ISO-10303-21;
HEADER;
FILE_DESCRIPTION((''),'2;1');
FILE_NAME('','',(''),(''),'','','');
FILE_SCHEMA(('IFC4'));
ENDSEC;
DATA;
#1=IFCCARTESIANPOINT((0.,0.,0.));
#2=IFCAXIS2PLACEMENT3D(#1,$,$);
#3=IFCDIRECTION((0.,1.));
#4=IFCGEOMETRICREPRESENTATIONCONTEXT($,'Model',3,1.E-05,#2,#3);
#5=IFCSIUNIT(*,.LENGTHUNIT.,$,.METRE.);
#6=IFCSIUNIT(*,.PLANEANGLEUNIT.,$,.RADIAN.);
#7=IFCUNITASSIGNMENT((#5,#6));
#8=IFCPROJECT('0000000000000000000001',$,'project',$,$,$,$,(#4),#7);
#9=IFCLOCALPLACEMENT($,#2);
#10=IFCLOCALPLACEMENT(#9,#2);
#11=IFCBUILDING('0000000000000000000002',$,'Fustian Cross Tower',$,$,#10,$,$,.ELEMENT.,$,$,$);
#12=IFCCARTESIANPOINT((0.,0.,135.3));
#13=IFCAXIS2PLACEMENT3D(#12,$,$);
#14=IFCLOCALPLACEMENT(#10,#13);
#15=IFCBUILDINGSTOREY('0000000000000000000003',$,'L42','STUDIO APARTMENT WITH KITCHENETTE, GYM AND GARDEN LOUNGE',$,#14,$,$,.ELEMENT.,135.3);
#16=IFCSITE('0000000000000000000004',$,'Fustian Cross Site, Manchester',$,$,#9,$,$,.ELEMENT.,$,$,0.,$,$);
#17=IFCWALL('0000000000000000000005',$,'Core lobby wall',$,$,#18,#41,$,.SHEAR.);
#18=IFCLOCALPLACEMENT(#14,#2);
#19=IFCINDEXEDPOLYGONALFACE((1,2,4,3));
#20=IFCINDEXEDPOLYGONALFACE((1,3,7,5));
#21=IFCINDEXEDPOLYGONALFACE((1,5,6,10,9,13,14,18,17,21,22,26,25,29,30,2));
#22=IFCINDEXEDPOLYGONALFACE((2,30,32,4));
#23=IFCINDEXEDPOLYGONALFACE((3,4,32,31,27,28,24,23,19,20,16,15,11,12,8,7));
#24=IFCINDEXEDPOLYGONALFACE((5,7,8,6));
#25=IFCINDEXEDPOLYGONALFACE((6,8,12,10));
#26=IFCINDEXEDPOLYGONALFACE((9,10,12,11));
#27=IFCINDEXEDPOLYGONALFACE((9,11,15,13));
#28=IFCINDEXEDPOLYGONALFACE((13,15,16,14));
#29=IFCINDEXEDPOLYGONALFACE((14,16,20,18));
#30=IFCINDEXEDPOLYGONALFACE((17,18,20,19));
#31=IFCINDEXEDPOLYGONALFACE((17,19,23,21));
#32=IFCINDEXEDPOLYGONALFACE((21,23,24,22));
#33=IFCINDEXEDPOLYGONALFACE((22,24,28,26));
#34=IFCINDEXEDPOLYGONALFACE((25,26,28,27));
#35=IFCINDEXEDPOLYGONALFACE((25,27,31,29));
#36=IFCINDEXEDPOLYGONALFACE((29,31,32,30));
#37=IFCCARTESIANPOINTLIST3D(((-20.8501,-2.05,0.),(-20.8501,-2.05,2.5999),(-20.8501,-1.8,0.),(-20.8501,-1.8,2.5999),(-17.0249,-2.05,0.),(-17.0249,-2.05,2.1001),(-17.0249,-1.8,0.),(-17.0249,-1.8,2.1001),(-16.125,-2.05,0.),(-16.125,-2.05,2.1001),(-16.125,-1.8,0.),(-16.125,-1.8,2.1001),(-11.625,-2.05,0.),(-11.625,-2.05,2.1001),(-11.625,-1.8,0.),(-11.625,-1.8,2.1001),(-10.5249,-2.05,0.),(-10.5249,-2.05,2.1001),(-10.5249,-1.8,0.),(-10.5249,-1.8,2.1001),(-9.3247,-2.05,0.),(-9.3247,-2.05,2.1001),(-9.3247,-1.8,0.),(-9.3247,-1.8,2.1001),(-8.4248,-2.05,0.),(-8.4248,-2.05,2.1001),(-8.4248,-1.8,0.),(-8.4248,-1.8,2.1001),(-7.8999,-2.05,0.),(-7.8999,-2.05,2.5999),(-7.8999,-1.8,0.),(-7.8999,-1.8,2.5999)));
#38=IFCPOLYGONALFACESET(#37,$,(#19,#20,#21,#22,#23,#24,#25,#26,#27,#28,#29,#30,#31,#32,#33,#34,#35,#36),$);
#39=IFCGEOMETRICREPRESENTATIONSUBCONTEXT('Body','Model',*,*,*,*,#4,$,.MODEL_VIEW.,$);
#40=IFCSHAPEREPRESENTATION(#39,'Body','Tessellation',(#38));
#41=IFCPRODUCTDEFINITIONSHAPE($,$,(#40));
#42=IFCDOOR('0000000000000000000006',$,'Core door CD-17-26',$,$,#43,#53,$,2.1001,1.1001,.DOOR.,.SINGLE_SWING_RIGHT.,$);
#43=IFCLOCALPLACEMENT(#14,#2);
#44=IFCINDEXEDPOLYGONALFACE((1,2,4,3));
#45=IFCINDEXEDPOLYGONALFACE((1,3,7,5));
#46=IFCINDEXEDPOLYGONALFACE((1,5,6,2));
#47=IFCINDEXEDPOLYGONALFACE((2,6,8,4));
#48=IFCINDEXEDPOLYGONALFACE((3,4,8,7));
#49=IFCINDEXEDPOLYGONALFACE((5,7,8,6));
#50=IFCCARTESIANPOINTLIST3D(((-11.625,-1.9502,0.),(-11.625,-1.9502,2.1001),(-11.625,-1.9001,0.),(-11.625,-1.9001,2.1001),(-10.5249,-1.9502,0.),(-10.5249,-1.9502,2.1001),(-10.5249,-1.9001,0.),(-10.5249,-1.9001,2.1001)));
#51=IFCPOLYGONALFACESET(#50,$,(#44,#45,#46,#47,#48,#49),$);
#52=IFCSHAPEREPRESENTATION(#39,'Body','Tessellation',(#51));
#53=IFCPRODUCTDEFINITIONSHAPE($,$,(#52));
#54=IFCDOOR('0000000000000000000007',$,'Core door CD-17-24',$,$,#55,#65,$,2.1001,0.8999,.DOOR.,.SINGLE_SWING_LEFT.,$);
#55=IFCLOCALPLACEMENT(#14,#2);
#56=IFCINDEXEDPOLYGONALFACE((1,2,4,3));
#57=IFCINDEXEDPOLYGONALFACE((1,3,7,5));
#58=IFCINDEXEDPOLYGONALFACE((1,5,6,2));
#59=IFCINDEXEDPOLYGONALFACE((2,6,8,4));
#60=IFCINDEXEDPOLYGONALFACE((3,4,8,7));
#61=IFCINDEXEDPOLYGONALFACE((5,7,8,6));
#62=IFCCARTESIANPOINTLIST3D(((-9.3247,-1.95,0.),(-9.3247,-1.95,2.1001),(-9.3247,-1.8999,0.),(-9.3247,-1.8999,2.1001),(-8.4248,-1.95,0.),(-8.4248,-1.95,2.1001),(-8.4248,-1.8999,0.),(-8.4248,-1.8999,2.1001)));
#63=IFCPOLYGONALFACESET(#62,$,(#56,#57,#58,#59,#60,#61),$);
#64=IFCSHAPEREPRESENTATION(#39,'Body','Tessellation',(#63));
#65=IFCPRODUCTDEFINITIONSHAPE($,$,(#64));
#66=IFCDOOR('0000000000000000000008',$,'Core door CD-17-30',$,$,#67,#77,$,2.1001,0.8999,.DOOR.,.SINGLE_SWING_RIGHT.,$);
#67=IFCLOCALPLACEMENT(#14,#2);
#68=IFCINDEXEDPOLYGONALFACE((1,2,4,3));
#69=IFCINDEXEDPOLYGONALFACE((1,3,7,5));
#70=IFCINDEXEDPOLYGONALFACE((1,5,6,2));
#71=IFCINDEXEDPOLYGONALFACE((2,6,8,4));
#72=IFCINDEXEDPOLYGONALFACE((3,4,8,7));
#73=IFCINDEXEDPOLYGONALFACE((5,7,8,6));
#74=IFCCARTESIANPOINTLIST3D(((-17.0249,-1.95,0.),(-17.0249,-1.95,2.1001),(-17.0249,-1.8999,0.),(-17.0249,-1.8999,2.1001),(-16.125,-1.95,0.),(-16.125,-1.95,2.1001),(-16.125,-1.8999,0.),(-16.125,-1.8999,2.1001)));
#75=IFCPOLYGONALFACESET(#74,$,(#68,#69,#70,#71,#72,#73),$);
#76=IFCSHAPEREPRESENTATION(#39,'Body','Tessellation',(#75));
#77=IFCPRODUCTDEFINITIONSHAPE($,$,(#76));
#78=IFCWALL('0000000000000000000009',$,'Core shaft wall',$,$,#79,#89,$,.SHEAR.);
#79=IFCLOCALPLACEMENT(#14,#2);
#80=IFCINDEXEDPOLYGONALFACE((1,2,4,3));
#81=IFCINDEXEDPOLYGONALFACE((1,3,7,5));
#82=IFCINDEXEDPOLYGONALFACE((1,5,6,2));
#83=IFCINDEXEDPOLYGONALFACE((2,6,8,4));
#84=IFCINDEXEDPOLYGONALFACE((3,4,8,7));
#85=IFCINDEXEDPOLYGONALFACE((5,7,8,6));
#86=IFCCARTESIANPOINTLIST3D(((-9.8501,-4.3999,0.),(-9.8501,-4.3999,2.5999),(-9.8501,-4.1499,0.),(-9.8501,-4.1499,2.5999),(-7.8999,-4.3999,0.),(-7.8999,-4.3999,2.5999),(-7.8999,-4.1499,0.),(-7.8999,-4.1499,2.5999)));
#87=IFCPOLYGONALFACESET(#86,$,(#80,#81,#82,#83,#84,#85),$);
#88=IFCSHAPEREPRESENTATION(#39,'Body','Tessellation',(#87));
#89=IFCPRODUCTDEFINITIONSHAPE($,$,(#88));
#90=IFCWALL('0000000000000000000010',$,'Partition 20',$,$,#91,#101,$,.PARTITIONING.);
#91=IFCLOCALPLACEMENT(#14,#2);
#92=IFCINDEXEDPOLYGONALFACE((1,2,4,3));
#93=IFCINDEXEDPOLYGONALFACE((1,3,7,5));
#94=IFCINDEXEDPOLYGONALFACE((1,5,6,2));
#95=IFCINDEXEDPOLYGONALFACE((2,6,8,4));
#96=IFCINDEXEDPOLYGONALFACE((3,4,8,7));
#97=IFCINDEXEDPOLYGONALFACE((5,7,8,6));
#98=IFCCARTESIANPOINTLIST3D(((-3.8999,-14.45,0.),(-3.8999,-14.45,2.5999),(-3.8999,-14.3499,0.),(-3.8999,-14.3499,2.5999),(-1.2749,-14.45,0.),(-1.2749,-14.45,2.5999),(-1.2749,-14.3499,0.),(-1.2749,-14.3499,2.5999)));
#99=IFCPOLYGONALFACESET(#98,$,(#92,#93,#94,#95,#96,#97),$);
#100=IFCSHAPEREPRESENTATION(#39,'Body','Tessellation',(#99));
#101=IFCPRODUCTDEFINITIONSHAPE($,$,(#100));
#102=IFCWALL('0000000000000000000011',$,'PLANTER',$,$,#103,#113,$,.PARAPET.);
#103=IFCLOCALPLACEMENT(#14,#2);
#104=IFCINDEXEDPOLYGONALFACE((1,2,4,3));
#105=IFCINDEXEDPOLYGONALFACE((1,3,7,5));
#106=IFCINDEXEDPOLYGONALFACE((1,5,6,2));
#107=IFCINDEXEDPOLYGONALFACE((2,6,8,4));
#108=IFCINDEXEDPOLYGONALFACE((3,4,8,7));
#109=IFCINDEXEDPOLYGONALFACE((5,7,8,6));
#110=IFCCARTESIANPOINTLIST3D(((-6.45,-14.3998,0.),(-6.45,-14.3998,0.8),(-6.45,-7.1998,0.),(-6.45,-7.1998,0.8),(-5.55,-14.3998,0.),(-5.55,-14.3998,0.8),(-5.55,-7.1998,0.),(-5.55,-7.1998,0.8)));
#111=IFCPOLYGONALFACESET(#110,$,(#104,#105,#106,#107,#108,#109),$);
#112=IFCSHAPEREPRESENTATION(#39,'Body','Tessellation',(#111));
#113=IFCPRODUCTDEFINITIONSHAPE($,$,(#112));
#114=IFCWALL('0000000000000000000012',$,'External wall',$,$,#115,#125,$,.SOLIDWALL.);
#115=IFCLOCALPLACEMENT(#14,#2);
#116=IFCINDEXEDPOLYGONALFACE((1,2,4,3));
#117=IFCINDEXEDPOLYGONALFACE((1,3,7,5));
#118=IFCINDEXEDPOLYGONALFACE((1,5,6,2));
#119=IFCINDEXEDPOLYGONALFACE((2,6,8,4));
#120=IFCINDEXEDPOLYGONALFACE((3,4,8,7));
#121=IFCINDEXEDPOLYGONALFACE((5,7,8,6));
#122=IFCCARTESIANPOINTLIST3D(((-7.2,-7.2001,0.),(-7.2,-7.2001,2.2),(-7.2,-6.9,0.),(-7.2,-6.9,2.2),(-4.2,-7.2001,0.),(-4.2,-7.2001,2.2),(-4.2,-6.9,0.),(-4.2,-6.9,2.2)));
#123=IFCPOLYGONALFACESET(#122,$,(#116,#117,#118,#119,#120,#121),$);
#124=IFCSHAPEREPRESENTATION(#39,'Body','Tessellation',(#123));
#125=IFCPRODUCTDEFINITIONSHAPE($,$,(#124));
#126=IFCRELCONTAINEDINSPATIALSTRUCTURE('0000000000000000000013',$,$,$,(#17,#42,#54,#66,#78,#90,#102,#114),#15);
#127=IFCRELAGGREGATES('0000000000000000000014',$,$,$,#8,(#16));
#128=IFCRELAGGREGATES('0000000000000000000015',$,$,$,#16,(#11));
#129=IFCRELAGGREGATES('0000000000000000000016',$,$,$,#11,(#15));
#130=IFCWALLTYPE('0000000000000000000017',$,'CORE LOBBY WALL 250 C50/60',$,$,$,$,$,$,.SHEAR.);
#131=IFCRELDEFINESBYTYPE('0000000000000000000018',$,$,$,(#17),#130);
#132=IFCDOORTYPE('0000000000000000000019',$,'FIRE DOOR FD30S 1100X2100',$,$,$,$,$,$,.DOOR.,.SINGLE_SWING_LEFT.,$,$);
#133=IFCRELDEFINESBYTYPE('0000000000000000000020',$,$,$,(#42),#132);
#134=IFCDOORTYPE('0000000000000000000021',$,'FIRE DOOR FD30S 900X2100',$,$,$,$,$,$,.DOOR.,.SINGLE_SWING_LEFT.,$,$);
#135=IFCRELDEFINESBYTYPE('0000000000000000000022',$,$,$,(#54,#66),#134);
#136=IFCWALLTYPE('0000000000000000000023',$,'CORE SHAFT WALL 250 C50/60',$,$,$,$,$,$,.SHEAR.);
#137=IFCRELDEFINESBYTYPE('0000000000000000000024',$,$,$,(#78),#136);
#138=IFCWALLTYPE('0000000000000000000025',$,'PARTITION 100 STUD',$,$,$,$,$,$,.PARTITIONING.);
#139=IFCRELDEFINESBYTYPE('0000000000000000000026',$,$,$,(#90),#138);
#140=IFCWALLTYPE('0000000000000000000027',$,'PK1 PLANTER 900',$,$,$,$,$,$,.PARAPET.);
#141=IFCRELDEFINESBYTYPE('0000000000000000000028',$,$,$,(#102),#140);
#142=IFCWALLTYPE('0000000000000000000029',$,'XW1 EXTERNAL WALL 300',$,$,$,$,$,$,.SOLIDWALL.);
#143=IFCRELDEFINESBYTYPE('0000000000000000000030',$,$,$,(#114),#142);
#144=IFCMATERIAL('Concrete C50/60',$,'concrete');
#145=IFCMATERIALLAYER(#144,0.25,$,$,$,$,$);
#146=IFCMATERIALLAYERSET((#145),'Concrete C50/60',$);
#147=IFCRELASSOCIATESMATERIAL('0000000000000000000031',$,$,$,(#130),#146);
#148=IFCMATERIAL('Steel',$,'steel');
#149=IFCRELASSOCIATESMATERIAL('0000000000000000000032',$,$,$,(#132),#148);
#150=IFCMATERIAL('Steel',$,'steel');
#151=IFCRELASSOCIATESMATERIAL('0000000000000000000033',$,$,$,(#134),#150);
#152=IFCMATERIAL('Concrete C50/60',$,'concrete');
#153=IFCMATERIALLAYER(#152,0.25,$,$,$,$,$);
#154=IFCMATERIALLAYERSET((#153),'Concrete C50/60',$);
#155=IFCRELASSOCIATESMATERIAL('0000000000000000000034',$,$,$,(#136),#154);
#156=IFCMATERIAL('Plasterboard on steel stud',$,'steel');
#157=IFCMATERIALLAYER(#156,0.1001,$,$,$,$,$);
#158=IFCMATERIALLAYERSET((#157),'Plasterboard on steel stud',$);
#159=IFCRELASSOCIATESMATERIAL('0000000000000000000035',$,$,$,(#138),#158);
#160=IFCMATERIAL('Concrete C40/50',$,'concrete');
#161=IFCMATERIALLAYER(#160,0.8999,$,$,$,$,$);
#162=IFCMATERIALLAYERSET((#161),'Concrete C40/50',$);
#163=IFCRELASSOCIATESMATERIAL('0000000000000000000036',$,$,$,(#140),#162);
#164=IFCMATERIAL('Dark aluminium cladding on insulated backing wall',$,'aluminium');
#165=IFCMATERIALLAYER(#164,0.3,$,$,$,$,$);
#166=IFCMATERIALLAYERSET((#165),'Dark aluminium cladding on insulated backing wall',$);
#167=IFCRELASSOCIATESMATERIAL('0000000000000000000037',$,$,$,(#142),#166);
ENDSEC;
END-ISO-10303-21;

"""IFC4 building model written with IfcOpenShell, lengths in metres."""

from ifc_helpers import new_model, si_unit, direction, frame, frame_2d, origin, place, context, subcontext, project, spatial, rectangle, extrude, material, layer, layer_set, type_object, element, fill, save


model = new_model("IFC4")

# Units and contexts
model_context = context("Model", 3, precision=1e-05, world=origin(), true_north=direction((0.0, 1.0)))
body_context = subcontext(model_context, "Body", "Model", "MODEL_VIEW")
ifc_project = project(units=[si_unit("LENGTHUNIT", "METRE"), si_unit("PLANEANGLEUNIT", "RADIAN")], contexts=[model_context])

# Site, building, storey
site_placement = place(None, origin())
site = spatial("IfcSite", under=ifc_project, at=site_placement, Name="Fustian Cross Site, Manchester", CompositionType="ELEMENT", RefElevation=0.0)
building_placement = place(site_placement, origin())
building = spatial("IfcBuilding", under=site, at=building_placement, Name="Fustian Cross Tower", CompositionType="ELEMENT")
storey_placement = place(building_placement, frame((0.0, 0.0, 135.3)))
storey = spatial("IfcBuildingStorey", under=building, at=storey_placement, Name="L42", Description="STUDIO APARTMENT WITH KITCHENETTE, GYM AND GARDEN LOUNGE", CompositionType="ELEMENT", Elevation=135.3)

# Wall, openings, doors
ifc_material_1 = material(Name="Concrete C50/60", Category="concrete")
ifc_layer_1 = layer(ifc_material_1, 0.25)
ifc_layer_set_1 = layer_set([ifc_layer_1], Name="Concrete C50/60")
wall_type_1 = type_object("IfcWallType", Name="CORE LOBBY WALL 250 C50/60", PredefinedType="SHEAR", material=ifc_layer_set_1)
wall_1_placement = place(storey_placement, frame((-7.8999, -1.925, 0.0), z_axis=(0.0, 0.0, 1.0), x_axis=(-1.0, 0.0, 0.0)))
wall_1 = element("IfcWall", 1, at=wall_1_placement, inside=storey, type_object=wall_type_1, Name="Core lobby wall", PredefinedType="SHEAR", context=body_context, shape_type="SweptSolid", body=[
    extrude(rectangle(XDim=12.9502, YDim=0.25, at=frame_2d((6.4751, 0.0))), origin(), (0.0, 0.0, 1.0), 2.5999),
])
opening_1_placement = place(wall_1_placement, frame((0.5249, 0.0, 0.0)))
opening_1 = element("IfcOpeningElement", 2, at=opening_1_placement, cuts=wall_1, PredefinedType="OPENING", context=body_context, shape_type="SweptSolid", body=[
    extrude(rectangle(XDim=0.8999, YDim=2.1001, at=frame_2d((0.45, 1.05))), frame((0.0, 0.135, 0.0), z_axis=(0.0, -1.0, 0.0), x_axis=(1.0, 0.0, 0.0)), (0.0, 0.0, 1.0), 0.27),
])
opening_2_placement = place(wall_1_placement, frame((2.625, 0.0, 0.0)))
opening_2 = element("IfcOpeningElement", 3, at=opening_2_placement, cuts=wall_1, PredefinedType="OPENING", context=body_context, shape_type="SweptSolid", body=[
    extrude(rectangle(XDim=1.1001, YDim=2.1001, at=frame_2d((0.55, 1.05))), frame((0.0, 0.135, 0.0), z_axis=(0.0, -1.0, 0.0), x_axis=(1.0, 0.0, 0.0)), (0.0, 0.0, 1.0), 0.27),
])
opening_3_placement = place(wall_1_placement, frame((8.2251, 0.0, 0.0)))
opening_3 = element("IfcOpeningElement", 4, at=opening_3_placement, cuts=wall_1, PredefinedType="OPENING", context=body_context, shape_type="SweptSolid", body=[
    extrude(rectangle(XDim=0.8999, YDim=2.1001, at=frame_2d((0.45, 1.05))), frame((0.0, 0.135, 0.0), z_axis=(0.0, -1.0, 0.0), x_axis=(1.0, 0.0, 0.0)), (0.0, 0.0, 1.0), 0.27),
])
ifc_material_2 = material(Name="Steel", Category="steel")
door_type_1 = type_object("IfcDoorType", Name="FIRE DOOR FD30S 1100X2100", OperationType="SINGLE_SWING_LEFT", PredefinedType="DOOR", material=ifc_material_2)
door_1_placement = place(opening_2_placement, frame((1.1001, 0.0, 0.0), z_axis=(0.0, 0.0, 1.0), x_axis=(-1.0, 0.0, 0.0)))
door_1 = element("IfcDoor", 5, at=door_1_placement, inside=storey, type_object=door_type_1, Name="Core door CD-17-26", OperationType="SINGLE_SWING_RIGHT", OverallHeight=2.1001, OverallWidth=1.1001, PredefinedType="DOOR", context=body_context, shape_type="SweptSolid", body=[
    extrude(rectangle(XDim=1.1001, YDim=2.1001, at=frame_2d((0.55, 1.05))), frame((0.0, 0.0249, 0.0), z_axis=(0.0, -1.0, 0.0), x_axis=(1.0, 0.0, 0.0)), (0.0, 0.0, 1.0), 0.05),
])
fill(opening_2, door_1)
ifc_material_3 = material(Name="Steel", Category="steel")
door_type_2 = type_object("IfcDoorType", Name="FIRE DOOR FD30S 900X2100", OperationType="SINGLE_SWING_LEFT", PredefinedType="DOOR", material=ifc_material_3)
door_2_placement = place(opening_1_placement, origin())
door_2 = element("IfcDoor", 6, at=door_2_placement, inside=storey, type_object=door_type_2, Name="Core door CD-17-24", OperationType="SINGLE_SWING_LEFT", OverallHeight=2.1001, OverallWidth=0.8999, PredefinedType="DOOR", context=body_context, shape_type="SweptSolid", body=[
    extrude(rectangle(XDim=0.8999, YDim=2.1001, at=frame_2d((0.45, 1.05))), frame((0.0, 0.0249, 0.0), z_axis=(0.0, -1.0, 0.0), x_axis=(1.0, 0.0, 0.0)), (0.0, 0.0, 1.0), 0.05),
])
fill(opening_1, door_2)
door_3_placement = place(opening_3_placement, origin())
door_3 = element("IfcDoor", 7, at=door_3_placement, inside=storey, type_object=door_type_2, Name="Core door CD-17-30", OperationType="SINGLE_SWING_RIGHT", OverallHeight=2.1001, OverallWidth=0.8999, PredefinedType="DOOR", context=body_context, shape_type="SweptSolid", body=[
    extrude(rectangle(XDim=0.8999, YDim=2.1001, at=frame_2d((0.45, 1.05))), frame((0.0, 0.0249, 0.0), z_axis=(0.0, -1.0, 0.0), x_axis=(1.0, 0.0, 0.0)), (0.0, 0.0, 1.0), 0.05),
])
fill(opening_3, door_3)

# Walls
ifc_material_4 = material(Name="Concrete C50/60", Category="concrete")
ifc_layer_2 = layer(ifc_material_4, 0.25)
ifc_layer_set_2 = layer_set([ifc_layer_2], Name="Concrete C50/60")
wall_type_2 = type_object("IfcWallType", Name="CORE SHAFT WALL 250 C50/60", PredefinedType="SHEAR", material=ifc_layer_set_2)
wall_2_placement = place(storey_placement, frame((-7.8999, -4.2749, 0.0), z_axis=(0.0, 0.0, 1.0), x_axis=(-1.0, 0.0, 0.0)))
element("IfcWall", 8, at=wall_2_placement, inside=storey, type_object=wall_type_2, Name="Core shaft wall", PredefinedType="SHEAR", context=body_context, shape_type="SweptSolid", body=[
    extrude(rectangle(XDim=1.9502, YDim=0.25, at=frame_2d((0.9751, 0.0))), origin(), (0.0, 0.0, 1.0), 2.5999),
])
ifc_material_5 = material(Name="Plasterboard on steel stud", Category="steel")
ifc_layer_3 = layer(ifc_material_5, 0.1001)
ifc_layer_set_3 = layer_set([ifc_layer_3], Name="Plasterboard on steel stud")
wall_type_3 = type_object("IfcWallType", Name="PARTITION 100 STUD", PredefinedType="PARTITIONING", material=ifc_layer_set_3)
wall_3_placement = place(storey_placement, frame((-3.8999, -14.3999, 0.0), z_axis=(0.0, 0.0, 1.0), x_axis=(1.0, 0.0, 0.0)))
element("IfcWall", 9, at=wall_3_placement, inside=storey, type_object=wall_type_3, Name="Partition 20", PredefinedType="PARTITIONING", context=body_context, shape_type="SweptSolid", body=[
    extrude(rectangle(XDim=2.625, YDim=0.1001, at=frame_2d((1.3125, 0.0))), origin(), (0.0, 0.0, 1.0), 2.5999),
])
ifc_material_6 = material(Name="Concrete C40/50", Category="concrete")
ifc_layer_4 = layer(ifc_material_6, 0.8999)
ifc_layer_set_4 = layer_set([ifc_layer_4], Name="Concrete C40/50")
wall_type_4 = type_object("IfcWallType", Name="PK1 PLANTER 900", PredefinedType="PARAPET", material=ifc_layer_set_4)
wall_4_placement = place(storey_placement, frame((-6.0, -14.3999, 0.0), z_axis=(0.0, 0.0, 1.0), x_axis=(0.0, 1.0, 0.0)))
element("IfcWall", 10, at=wall_4_placement, inside=storey, type_object=wall_type_4, Name="PLANTER", PredefinedType="PARAPET", context=body_context, shape_type="SweptSolid", body=[
    extrude(rectangle(XDim=7.2, YDim=0.8999, at=frame_2d((3.6001, 0.0))), origin(), (0.0, 0.0, 1.0), 0.8),
])
ifc_material_7 = material(Name="Dark aluminium cladding on insulated backing wall", Category="aluminium")
ifc_layer_5 = layer(ifc_material_7, 0.3)
ifc_layer_set_5 = layer_set([ifc_layer_5], Name="Dark aluminium cladding on insulated backing wall")
wall_type_5 = type_object("IfcWallType", Name="XW1 EXTERNAL WALL 300", PredefinedType="SOLIDWALL", material=ifc_layer_set_5)
wall_5_placement = place(storey_placement, frame((-7.2, -7.05, 0.0), z_axis=(0.0, 0.0, 1.0), x_axis=(1.0, 0.0, 0.0)))
element("IfcWall", 11, at=wall_5_placement, inside=storey, type_object=wall_type_5, Name="External wall", PredefinedType="SOLIDWALL", context=body_context, shape_type="SweptSolid", body=[
    extrude(rectangle(XDim=3.0, YDim=0.3, at=frame_2d((1.5, 0.0))), origin(), (0.0, 0.0, 1.0), 2.2),
])

save(model, "model.ifc")
